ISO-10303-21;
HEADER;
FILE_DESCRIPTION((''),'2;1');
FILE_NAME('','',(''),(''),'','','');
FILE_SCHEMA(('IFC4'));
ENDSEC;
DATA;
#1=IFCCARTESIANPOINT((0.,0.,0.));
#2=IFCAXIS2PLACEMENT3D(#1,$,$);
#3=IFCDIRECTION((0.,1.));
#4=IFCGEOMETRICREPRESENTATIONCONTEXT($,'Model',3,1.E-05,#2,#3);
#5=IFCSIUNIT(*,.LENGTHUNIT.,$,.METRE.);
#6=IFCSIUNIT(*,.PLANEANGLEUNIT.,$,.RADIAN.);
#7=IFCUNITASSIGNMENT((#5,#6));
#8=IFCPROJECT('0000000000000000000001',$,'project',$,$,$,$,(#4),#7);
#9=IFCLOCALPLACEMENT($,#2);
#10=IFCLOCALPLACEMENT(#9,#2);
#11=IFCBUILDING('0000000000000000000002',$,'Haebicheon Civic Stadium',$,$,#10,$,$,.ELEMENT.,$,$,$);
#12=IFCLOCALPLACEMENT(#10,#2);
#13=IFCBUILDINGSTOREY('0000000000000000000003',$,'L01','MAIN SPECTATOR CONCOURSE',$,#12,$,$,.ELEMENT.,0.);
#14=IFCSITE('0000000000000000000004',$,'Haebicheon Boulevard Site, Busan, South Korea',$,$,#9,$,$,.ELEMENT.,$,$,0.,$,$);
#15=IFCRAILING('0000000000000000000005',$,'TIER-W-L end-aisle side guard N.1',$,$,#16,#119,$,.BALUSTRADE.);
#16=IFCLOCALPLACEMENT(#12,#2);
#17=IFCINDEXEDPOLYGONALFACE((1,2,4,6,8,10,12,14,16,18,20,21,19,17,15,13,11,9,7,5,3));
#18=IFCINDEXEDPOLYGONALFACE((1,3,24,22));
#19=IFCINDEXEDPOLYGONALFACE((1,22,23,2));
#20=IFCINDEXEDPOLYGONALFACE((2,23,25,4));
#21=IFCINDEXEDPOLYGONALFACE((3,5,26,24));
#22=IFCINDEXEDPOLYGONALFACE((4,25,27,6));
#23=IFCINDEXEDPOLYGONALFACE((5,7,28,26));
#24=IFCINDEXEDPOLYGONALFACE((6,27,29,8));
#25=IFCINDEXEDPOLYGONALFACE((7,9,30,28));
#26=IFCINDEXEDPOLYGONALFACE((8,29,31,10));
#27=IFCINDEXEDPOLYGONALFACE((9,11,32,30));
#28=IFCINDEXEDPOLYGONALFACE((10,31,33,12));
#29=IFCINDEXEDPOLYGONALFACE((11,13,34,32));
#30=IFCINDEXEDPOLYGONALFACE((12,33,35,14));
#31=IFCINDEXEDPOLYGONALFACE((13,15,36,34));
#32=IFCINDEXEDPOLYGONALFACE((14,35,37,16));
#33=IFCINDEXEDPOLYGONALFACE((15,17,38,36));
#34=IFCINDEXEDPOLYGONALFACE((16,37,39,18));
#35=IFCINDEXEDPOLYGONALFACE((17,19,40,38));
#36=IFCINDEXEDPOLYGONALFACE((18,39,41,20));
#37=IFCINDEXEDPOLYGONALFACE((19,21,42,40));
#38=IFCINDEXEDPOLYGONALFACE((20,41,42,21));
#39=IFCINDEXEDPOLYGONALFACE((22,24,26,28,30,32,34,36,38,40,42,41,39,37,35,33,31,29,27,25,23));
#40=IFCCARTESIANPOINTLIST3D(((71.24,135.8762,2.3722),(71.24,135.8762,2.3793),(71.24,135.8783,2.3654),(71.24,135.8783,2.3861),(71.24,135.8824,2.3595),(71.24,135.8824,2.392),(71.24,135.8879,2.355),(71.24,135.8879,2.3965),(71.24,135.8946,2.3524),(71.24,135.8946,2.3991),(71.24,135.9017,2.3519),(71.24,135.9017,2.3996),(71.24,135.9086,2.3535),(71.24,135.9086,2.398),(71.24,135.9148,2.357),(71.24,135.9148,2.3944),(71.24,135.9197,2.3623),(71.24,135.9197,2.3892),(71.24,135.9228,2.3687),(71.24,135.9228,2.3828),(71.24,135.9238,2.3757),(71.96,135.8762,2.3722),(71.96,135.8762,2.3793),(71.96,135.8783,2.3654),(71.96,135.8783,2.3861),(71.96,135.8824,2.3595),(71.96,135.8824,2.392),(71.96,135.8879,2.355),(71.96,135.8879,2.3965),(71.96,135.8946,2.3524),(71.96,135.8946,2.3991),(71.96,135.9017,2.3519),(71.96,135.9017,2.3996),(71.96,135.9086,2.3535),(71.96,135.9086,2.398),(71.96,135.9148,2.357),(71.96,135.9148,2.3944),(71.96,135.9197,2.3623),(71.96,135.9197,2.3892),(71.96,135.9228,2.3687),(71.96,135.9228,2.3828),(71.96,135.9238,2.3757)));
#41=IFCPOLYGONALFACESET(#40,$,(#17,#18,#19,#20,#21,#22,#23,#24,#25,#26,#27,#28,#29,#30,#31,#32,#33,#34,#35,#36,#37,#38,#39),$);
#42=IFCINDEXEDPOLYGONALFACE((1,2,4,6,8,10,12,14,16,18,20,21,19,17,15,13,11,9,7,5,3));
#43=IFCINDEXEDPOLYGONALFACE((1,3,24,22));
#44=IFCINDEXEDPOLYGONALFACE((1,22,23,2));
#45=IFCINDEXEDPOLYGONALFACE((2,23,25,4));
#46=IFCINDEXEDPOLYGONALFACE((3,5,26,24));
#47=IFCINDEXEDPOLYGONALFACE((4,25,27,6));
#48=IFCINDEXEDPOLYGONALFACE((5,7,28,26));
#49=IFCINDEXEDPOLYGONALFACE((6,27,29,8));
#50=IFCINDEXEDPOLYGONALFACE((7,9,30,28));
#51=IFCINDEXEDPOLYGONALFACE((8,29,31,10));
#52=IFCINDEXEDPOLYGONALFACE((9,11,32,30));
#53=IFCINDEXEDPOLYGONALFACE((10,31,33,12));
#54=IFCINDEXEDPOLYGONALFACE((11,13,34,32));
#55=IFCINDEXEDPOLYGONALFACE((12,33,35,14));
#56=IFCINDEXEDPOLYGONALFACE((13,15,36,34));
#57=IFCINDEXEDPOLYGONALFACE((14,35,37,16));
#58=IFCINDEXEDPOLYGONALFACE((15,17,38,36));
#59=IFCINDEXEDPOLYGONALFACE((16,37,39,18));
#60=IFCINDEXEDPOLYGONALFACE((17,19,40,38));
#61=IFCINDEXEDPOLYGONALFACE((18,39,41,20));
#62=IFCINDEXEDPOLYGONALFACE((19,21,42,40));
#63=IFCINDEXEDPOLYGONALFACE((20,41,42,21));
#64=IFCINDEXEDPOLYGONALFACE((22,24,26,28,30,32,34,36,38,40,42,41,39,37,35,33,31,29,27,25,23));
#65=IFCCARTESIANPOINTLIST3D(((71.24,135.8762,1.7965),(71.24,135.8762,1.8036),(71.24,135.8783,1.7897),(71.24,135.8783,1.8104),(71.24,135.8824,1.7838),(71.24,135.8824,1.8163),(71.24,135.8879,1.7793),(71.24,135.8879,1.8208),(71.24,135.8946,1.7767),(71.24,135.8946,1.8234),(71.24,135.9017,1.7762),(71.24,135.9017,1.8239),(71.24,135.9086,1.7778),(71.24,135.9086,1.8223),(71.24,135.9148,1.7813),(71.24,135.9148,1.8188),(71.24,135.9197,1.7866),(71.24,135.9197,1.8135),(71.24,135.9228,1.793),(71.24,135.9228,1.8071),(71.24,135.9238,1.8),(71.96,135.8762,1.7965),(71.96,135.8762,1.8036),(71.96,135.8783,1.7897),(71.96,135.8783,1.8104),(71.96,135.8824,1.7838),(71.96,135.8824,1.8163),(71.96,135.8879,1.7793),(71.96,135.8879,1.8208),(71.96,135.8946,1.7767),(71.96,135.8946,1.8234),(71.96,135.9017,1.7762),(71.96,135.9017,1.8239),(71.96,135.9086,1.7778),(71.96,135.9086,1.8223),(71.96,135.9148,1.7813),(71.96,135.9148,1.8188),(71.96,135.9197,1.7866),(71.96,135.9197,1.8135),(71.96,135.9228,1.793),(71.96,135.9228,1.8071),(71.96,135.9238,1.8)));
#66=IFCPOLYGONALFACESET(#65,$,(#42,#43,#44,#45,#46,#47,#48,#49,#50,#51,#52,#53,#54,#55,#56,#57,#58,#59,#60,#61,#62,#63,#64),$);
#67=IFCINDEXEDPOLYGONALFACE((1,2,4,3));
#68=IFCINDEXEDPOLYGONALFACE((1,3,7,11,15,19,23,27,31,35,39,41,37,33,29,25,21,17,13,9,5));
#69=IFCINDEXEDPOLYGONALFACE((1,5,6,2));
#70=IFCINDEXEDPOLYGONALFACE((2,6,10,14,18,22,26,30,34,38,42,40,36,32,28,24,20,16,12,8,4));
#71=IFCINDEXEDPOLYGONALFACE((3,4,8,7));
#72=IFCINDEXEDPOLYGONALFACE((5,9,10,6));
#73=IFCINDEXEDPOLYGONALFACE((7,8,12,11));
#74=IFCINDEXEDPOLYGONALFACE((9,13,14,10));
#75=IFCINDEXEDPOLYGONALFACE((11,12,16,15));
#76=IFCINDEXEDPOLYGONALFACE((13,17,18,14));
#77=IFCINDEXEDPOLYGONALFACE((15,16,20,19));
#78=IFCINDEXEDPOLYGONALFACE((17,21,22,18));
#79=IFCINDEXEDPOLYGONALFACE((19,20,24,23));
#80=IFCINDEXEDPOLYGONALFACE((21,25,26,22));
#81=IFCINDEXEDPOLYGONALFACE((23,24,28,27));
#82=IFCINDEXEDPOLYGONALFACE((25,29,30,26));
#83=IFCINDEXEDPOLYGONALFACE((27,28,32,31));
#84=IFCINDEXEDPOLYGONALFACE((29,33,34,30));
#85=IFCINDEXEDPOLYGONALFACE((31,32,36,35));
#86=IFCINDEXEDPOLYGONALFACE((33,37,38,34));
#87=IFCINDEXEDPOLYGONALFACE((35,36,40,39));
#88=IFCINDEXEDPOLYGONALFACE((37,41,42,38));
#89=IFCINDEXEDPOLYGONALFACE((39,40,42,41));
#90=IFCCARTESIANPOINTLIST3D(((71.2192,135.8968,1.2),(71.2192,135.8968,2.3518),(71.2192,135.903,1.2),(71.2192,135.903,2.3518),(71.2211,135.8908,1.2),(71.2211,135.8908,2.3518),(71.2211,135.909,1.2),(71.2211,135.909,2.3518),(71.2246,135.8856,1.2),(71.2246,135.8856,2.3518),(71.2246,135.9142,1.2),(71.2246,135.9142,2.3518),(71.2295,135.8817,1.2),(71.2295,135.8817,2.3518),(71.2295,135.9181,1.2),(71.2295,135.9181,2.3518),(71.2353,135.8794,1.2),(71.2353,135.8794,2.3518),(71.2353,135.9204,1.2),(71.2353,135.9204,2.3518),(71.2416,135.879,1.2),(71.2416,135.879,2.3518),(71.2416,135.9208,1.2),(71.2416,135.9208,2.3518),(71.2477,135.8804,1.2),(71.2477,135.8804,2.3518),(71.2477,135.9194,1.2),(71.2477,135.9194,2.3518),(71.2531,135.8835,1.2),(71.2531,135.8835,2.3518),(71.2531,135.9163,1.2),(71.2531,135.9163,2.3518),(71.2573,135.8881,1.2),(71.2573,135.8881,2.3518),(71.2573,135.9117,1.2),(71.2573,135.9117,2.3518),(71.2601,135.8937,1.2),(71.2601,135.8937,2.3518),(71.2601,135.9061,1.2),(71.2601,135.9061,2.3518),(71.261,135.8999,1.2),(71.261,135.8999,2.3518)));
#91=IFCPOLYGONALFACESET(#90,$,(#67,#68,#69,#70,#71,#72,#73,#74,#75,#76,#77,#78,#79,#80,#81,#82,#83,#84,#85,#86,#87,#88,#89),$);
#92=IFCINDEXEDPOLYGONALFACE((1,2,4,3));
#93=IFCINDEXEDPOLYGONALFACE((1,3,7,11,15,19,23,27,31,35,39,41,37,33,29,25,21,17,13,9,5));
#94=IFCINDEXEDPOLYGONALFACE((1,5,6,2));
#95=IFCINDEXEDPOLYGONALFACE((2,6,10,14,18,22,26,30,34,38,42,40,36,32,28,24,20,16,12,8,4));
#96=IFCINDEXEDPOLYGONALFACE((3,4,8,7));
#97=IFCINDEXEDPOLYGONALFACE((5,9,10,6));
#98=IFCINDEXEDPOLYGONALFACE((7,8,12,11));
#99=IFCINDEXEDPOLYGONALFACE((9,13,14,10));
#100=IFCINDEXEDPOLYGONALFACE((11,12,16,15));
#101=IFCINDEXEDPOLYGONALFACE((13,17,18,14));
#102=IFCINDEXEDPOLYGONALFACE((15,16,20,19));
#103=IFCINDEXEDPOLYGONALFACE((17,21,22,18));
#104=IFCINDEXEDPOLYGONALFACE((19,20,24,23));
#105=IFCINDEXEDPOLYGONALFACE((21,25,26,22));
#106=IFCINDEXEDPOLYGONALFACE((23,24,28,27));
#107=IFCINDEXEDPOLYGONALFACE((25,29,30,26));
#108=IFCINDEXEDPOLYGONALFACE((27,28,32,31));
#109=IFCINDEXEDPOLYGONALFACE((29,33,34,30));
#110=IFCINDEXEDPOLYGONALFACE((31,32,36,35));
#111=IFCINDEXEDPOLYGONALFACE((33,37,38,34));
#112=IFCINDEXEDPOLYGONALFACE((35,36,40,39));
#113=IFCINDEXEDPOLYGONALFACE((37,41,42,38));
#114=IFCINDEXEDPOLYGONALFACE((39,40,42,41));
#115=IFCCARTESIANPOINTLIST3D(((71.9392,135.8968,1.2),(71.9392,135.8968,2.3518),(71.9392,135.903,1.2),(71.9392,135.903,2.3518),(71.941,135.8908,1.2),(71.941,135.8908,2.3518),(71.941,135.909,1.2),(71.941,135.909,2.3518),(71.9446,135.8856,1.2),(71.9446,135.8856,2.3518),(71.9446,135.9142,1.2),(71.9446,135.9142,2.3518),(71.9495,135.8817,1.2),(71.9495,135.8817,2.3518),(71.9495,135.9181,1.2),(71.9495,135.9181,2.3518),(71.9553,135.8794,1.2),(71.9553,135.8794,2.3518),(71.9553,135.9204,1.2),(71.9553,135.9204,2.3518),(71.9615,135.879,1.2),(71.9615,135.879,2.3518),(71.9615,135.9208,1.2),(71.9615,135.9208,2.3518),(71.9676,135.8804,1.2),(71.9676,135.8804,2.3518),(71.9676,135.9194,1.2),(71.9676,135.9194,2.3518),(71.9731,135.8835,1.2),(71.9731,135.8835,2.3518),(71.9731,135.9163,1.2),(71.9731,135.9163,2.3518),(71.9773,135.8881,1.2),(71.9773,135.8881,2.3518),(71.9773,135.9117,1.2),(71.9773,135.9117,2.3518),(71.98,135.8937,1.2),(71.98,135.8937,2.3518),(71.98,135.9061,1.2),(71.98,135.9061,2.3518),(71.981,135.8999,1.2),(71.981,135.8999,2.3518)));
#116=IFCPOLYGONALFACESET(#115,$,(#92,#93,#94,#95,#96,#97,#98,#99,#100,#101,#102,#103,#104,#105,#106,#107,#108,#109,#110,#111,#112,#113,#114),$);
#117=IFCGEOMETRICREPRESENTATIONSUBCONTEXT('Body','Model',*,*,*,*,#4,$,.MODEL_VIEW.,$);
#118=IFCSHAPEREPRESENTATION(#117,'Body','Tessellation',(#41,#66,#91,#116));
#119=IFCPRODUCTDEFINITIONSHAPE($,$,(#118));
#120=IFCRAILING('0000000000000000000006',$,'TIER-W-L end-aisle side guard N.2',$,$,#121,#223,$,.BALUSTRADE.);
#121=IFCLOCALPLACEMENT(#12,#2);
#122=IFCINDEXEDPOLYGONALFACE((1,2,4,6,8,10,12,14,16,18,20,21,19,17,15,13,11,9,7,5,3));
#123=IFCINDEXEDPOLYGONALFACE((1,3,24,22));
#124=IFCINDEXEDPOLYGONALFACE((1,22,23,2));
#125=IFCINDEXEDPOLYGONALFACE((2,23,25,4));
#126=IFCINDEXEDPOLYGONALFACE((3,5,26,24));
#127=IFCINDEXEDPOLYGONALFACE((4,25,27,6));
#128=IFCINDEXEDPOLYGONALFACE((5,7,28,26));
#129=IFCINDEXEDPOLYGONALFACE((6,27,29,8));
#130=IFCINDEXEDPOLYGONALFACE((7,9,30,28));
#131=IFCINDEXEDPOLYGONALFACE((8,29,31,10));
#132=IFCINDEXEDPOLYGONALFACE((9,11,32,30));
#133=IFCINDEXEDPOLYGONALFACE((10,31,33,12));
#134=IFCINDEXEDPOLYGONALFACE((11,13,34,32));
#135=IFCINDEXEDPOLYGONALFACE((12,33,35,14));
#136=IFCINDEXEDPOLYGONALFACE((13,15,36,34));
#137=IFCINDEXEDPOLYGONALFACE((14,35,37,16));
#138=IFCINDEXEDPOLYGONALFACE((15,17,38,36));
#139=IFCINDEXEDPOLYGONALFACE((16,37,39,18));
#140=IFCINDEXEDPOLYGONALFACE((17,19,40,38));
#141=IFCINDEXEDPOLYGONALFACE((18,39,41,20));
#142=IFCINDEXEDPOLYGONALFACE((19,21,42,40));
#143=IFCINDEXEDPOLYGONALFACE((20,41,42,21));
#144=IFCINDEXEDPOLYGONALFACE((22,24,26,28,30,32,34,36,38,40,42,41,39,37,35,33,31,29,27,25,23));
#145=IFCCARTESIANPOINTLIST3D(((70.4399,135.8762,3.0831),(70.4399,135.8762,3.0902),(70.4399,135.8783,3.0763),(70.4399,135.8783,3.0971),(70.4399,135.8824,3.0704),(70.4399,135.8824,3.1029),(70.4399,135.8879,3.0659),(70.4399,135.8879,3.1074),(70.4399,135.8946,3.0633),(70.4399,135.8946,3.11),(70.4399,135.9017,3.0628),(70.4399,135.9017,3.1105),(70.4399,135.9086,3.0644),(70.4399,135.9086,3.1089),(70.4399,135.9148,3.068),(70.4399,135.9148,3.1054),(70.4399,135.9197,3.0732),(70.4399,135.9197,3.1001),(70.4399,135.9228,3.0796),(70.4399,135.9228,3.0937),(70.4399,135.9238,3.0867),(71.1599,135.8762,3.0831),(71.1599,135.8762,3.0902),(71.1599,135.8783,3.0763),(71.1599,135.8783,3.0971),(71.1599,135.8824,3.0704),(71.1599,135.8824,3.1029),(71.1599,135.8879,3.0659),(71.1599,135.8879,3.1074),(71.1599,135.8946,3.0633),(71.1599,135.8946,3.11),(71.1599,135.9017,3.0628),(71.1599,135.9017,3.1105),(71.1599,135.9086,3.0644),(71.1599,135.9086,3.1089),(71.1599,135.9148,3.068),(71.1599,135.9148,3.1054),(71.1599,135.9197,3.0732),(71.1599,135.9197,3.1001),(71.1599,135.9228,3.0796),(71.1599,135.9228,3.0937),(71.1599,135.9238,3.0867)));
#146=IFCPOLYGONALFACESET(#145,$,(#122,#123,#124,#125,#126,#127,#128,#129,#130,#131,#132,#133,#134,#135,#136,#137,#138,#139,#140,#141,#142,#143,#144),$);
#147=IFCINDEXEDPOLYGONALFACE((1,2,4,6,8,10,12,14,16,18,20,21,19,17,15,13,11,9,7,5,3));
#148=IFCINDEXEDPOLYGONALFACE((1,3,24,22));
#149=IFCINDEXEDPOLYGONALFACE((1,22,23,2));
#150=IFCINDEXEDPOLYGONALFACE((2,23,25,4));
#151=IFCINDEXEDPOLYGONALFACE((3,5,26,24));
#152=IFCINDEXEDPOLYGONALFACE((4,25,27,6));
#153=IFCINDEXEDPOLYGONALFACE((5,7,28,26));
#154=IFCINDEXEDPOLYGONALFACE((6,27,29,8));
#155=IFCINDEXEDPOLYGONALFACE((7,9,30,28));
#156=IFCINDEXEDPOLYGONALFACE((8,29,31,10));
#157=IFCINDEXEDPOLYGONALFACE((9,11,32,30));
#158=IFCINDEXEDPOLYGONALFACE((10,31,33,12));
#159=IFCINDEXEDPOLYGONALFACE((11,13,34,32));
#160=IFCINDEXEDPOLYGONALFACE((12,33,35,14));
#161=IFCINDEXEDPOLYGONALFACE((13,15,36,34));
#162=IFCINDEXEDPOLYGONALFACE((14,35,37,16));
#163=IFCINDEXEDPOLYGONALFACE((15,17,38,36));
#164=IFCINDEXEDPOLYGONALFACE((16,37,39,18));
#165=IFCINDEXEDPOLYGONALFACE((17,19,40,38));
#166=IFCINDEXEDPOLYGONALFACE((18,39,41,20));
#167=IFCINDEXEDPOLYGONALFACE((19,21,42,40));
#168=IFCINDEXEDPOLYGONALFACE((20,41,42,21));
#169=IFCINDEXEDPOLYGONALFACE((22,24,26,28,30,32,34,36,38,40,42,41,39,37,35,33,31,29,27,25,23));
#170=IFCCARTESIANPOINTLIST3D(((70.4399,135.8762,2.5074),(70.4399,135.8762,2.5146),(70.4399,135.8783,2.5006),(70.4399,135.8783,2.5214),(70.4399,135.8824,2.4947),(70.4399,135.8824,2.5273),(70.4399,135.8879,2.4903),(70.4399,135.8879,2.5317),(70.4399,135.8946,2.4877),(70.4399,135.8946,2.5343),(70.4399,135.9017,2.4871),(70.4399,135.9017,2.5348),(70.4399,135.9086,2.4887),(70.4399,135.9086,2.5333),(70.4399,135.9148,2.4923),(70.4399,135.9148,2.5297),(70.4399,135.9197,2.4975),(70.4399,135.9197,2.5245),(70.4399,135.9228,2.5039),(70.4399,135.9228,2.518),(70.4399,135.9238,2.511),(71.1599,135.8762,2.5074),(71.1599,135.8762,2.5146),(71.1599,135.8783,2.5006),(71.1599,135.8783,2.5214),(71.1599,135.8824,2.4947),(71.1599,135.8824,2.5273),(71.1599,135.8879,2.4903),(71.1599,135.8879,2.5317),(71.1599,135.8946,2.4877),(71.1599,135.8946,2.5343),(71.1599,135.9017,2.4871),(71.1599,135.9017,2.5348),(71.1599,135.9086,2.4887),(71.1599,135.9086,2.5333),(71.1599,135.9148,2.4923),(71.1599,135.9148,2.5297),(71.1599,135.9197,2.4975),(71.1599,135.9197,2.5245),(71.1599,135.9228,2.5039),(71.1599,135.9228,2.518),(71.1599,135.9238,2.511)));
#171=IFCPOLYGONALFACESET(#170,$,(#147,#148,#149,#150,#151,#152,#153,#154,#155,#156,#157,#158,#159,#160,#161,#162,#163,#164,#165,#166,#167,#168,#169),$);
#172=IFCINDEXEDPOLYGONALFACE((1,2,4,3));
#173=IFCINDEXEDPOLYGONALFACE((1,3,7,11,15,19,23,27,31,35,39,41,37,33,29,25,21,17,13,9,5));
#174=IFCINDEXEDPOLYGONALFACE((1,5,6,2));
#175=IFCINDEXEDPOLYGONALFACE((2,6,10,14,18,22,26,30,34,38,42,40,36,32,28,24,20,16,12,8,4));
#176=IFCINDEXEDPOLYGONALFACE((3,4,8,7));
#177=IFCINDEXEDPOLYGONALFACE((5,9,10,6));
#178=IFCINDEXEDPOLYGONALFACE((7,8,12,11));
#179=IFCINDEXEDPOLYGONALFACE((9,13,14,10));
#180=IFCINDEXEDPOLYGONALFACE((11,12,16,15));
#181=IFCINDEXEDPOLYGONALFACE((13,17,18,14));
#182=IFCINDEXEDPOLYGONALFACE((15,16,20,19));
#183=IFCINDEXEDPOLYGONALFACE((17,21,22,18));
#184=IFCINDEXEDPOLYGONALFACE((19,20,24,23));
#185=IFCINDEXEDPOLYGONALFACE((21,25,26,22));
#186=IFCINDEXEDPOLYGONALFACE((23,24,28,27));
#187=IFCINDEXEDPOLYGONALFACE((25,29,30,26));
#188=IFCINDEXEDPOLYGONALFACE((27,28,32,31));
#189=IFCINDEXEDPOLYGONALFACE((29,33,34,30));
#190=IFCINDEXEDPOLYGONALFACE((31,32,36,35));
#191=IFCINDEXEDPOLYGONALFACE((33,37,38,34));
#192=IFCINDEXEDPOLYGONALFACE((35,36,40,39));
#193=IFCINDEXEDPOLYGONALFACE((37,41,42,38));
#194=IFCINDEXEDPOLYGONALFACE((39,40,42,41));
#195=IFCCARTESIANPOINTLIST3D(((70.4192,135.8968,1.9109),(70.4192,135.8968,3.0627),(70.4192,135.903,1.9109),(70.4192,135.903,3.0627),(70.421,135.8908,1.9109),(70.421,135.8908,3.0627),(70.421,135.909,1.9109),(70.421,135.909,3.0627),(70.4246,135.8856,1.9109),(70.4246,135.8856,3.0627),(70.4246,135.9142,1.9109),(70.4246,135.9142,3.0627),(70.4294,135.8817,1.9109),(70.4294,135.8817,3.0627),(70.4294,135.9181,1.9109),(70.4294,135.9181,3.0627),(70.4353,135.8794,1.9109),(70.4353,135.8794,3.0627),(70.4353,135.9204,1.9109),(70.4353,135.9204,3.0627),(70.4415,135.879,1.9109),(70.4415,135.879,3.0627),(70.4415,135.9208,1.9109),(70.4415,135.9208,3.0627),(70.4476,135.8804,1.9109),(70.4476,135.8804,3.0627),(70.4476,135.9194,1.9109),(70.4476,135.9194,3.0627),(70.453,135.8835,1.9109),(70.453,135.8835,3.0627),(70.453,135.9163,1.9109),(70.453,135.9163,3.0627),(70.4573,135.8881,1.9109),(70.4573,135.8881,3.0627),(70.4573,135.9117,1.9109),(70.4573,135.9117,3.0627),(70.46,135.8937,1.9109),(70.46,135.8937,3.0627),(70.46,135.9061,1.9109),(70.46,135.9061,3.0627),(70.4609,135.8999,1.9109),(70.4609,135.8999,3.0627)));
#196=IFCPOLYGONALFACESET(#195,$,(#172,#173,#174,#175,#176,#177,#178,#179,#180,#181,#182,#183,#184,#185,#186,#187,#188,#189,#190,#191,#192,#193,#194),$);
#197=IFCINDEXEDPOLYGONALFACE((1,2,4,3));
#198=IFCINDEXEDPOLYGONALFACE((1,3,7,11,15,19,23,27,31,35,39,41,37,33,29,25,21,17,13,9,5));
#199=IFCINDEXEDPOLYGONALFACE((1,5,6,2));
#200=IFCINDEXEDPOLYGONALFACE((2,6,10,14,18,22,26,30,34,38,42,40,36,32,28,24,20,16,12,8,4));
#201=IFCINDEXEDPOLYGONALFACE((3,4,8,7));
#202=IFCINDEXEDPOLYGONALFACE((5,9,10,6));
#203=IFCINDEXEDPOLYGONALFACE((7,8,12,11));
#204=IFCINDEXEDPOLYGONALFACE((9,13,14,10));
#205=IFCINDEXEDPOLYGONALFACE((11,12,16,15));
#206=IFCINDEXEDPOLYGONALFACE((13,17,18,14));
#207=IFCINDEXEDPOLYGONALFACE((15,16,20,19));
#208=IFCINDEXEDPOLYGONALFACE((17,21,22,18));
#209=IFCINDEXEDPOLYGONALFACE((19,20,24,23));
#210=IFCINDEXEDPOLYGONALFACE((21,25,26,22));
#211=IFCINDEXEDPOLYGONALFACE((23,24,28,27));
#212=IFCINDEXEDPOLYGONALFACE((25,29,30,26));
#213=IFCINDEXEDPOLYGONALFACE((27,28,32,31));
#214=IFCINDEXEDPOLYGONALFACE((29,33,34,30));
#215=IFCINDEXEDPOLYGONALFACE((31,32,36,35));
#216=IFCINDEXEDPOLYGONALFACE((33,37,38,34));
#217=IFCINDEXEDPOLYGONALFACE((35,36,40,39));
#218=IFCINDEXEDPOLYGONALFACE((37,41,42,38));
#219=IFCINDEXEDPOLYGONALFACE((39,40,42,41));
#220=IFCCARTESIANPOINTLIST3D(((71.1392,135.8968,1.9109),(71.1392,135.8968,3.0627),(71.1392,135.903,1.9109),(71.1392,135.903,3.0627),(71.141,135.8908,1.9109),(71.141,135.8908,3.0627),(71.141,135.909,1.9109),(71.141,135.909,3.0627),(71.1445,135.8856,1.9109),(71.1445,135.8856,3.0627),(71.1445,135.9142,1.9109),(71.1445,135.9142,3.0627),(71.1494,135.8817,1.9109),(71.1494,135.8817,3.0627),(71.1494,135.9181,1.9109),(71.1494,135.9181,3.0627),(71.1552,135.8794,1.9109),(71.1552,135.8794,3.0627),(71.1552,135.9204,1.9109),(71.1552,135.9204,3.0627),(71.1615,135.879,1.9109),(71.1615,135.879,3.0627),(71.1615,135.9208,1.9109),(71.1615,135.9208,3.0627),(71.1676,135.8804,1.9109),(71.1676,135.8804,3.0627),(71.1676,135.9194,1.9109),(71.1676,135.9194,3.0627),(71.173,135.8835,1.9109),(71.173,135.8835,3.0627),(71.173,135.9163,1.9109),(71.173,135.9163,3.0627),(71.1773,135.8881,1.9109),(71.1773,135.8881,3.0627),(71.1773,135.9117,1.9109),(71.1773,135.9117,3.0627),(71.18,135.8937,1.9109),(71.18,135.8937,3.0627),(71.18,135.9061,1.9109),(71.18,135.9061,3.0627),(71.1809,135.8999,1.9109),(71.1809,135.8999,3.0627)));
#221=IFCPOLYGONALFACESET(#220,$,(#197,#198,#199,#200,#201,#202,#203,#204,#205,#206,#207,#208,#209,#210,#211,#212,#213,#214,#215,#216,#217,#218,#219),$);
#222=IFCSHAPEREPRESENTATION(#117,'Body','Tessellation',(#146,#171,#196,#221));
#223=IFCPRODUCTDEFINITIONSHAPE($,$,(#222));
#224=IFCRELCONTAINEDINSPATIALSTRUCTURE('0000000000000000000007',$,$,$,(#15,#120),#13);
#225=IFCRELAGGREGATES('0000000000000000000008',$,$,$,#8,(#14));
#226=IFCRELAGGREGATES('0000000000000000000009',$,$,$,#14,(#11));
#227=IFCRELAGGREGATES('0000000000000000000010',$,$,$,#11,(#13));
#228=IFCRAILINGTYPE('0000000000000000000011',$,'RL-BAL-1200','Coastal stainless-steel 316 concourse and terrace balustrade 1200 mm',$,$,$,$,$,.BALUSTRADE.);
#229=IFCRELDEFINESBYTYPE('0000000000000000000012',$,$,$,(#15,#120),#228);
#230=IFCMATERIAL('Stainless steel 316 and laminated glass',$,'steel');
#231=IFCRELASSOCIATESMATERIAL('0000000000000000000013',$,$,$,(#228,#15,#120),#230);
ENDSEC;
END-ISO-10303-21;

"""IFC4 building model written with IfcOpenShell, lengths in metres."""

from ifc_helpers import new_model, si_unit, direction, frame, origin, origin_2d, place, context, subcontext, project, spatial, circle, extrude, material, type_object, element, save


model = new_model("IFC4")

# Units and contexts
model_context = context("Model", 3, precision=1e-05, world=origin(), true_north=direction((0.0, 1.0)))
body_context = subcontext(model_context, "Body", "Model", "MODEL_VIEW")
ifc_project = project(units=[si_unit("LENGTHUNIT", "METRE"), si_unit("PLANEANGLEUNIT", "RADIAN")], contexts=[model_context])

# Site, building, storey
site_placement = place(None, origin())
site = spatial("IfcSite", under=ifc_project, at=site_placement, Name="Haebicheon Boulevard Site, Busan, South Korea", CompositionType="ELEMENT", RefElevation=0.0)
building_placement = place(site_placement, origin())
building = spatial("IfcBuilding", under=site, at=building_placement, Name="Haebicheon Civic Stadium", CompositionType="ELEMENT")
storey_placement = place(building_placement, origin())
storey = spatial("IfcBuildingStorey", under=building, at=storey_placement, Name="L01", Description="MAIN SPECTATOR CONCOURSE", CompositionType="ELEMENT", Elevation=0.0)

# Railings
ifc_material_1 = material(Name="Stainless steel 316 and laminated glass", Category="steel")
railing_type = type_object("IfcRailingType", Name="RL-BAL-1200", Description="Coastal stainless-steel 316 concourse and terrace balustrade 1200 mm", PredefinedType="BALUSTRADE", material=ifc_material_1)
for number, where, name in (
    (1, (71.24, 135.8999, 1.2), "TIER-W-L end-aisle side guard N.1"),
    (2, (70.4399, 135.8999, 1.9109), "TIER-W-L end-aisle side guard N.2"),
):
    element("IfcRailing", number, at=place(storey_placement, frame(where)), inside=storey, type_object=railing_type, material=ifc_material_1, Name=name, PredefinedType="BALUSTRADE", context=body_context, shape_type="SweptSolid", body=[
        extrude(circle(Radius=0.0239, at=origin_2d()), frame((0.0, 0.0, 1.1758), z_axis=(1.0, 0.0, 0.0), x_axis=(0.0, 1.0, 0.0)), (0.0, 0.0, 1.0), 0.72),
        extrude(circle(Radius=0.0239, at=origin_2d()), frame((0.0, 0.0, 0.6001), z_axis=(1.0, 0.0, 0.0), x_axis=(0.0, 1.0, 0.0)), (0.0, 0.0, 1.0), 0.72),
        extrude(circle(Radius=0.021, at=origin_2d()), origin(), (0.0, 0.0, 1.0), 1.1519),
        extrude(circle(Radius=0.021, at=origin_2d()), frame((0.72, 0.0, 0.0)), (0.0, 0.0, 1.0), 1.1519),
    ])

save(model, "model.ifc")
